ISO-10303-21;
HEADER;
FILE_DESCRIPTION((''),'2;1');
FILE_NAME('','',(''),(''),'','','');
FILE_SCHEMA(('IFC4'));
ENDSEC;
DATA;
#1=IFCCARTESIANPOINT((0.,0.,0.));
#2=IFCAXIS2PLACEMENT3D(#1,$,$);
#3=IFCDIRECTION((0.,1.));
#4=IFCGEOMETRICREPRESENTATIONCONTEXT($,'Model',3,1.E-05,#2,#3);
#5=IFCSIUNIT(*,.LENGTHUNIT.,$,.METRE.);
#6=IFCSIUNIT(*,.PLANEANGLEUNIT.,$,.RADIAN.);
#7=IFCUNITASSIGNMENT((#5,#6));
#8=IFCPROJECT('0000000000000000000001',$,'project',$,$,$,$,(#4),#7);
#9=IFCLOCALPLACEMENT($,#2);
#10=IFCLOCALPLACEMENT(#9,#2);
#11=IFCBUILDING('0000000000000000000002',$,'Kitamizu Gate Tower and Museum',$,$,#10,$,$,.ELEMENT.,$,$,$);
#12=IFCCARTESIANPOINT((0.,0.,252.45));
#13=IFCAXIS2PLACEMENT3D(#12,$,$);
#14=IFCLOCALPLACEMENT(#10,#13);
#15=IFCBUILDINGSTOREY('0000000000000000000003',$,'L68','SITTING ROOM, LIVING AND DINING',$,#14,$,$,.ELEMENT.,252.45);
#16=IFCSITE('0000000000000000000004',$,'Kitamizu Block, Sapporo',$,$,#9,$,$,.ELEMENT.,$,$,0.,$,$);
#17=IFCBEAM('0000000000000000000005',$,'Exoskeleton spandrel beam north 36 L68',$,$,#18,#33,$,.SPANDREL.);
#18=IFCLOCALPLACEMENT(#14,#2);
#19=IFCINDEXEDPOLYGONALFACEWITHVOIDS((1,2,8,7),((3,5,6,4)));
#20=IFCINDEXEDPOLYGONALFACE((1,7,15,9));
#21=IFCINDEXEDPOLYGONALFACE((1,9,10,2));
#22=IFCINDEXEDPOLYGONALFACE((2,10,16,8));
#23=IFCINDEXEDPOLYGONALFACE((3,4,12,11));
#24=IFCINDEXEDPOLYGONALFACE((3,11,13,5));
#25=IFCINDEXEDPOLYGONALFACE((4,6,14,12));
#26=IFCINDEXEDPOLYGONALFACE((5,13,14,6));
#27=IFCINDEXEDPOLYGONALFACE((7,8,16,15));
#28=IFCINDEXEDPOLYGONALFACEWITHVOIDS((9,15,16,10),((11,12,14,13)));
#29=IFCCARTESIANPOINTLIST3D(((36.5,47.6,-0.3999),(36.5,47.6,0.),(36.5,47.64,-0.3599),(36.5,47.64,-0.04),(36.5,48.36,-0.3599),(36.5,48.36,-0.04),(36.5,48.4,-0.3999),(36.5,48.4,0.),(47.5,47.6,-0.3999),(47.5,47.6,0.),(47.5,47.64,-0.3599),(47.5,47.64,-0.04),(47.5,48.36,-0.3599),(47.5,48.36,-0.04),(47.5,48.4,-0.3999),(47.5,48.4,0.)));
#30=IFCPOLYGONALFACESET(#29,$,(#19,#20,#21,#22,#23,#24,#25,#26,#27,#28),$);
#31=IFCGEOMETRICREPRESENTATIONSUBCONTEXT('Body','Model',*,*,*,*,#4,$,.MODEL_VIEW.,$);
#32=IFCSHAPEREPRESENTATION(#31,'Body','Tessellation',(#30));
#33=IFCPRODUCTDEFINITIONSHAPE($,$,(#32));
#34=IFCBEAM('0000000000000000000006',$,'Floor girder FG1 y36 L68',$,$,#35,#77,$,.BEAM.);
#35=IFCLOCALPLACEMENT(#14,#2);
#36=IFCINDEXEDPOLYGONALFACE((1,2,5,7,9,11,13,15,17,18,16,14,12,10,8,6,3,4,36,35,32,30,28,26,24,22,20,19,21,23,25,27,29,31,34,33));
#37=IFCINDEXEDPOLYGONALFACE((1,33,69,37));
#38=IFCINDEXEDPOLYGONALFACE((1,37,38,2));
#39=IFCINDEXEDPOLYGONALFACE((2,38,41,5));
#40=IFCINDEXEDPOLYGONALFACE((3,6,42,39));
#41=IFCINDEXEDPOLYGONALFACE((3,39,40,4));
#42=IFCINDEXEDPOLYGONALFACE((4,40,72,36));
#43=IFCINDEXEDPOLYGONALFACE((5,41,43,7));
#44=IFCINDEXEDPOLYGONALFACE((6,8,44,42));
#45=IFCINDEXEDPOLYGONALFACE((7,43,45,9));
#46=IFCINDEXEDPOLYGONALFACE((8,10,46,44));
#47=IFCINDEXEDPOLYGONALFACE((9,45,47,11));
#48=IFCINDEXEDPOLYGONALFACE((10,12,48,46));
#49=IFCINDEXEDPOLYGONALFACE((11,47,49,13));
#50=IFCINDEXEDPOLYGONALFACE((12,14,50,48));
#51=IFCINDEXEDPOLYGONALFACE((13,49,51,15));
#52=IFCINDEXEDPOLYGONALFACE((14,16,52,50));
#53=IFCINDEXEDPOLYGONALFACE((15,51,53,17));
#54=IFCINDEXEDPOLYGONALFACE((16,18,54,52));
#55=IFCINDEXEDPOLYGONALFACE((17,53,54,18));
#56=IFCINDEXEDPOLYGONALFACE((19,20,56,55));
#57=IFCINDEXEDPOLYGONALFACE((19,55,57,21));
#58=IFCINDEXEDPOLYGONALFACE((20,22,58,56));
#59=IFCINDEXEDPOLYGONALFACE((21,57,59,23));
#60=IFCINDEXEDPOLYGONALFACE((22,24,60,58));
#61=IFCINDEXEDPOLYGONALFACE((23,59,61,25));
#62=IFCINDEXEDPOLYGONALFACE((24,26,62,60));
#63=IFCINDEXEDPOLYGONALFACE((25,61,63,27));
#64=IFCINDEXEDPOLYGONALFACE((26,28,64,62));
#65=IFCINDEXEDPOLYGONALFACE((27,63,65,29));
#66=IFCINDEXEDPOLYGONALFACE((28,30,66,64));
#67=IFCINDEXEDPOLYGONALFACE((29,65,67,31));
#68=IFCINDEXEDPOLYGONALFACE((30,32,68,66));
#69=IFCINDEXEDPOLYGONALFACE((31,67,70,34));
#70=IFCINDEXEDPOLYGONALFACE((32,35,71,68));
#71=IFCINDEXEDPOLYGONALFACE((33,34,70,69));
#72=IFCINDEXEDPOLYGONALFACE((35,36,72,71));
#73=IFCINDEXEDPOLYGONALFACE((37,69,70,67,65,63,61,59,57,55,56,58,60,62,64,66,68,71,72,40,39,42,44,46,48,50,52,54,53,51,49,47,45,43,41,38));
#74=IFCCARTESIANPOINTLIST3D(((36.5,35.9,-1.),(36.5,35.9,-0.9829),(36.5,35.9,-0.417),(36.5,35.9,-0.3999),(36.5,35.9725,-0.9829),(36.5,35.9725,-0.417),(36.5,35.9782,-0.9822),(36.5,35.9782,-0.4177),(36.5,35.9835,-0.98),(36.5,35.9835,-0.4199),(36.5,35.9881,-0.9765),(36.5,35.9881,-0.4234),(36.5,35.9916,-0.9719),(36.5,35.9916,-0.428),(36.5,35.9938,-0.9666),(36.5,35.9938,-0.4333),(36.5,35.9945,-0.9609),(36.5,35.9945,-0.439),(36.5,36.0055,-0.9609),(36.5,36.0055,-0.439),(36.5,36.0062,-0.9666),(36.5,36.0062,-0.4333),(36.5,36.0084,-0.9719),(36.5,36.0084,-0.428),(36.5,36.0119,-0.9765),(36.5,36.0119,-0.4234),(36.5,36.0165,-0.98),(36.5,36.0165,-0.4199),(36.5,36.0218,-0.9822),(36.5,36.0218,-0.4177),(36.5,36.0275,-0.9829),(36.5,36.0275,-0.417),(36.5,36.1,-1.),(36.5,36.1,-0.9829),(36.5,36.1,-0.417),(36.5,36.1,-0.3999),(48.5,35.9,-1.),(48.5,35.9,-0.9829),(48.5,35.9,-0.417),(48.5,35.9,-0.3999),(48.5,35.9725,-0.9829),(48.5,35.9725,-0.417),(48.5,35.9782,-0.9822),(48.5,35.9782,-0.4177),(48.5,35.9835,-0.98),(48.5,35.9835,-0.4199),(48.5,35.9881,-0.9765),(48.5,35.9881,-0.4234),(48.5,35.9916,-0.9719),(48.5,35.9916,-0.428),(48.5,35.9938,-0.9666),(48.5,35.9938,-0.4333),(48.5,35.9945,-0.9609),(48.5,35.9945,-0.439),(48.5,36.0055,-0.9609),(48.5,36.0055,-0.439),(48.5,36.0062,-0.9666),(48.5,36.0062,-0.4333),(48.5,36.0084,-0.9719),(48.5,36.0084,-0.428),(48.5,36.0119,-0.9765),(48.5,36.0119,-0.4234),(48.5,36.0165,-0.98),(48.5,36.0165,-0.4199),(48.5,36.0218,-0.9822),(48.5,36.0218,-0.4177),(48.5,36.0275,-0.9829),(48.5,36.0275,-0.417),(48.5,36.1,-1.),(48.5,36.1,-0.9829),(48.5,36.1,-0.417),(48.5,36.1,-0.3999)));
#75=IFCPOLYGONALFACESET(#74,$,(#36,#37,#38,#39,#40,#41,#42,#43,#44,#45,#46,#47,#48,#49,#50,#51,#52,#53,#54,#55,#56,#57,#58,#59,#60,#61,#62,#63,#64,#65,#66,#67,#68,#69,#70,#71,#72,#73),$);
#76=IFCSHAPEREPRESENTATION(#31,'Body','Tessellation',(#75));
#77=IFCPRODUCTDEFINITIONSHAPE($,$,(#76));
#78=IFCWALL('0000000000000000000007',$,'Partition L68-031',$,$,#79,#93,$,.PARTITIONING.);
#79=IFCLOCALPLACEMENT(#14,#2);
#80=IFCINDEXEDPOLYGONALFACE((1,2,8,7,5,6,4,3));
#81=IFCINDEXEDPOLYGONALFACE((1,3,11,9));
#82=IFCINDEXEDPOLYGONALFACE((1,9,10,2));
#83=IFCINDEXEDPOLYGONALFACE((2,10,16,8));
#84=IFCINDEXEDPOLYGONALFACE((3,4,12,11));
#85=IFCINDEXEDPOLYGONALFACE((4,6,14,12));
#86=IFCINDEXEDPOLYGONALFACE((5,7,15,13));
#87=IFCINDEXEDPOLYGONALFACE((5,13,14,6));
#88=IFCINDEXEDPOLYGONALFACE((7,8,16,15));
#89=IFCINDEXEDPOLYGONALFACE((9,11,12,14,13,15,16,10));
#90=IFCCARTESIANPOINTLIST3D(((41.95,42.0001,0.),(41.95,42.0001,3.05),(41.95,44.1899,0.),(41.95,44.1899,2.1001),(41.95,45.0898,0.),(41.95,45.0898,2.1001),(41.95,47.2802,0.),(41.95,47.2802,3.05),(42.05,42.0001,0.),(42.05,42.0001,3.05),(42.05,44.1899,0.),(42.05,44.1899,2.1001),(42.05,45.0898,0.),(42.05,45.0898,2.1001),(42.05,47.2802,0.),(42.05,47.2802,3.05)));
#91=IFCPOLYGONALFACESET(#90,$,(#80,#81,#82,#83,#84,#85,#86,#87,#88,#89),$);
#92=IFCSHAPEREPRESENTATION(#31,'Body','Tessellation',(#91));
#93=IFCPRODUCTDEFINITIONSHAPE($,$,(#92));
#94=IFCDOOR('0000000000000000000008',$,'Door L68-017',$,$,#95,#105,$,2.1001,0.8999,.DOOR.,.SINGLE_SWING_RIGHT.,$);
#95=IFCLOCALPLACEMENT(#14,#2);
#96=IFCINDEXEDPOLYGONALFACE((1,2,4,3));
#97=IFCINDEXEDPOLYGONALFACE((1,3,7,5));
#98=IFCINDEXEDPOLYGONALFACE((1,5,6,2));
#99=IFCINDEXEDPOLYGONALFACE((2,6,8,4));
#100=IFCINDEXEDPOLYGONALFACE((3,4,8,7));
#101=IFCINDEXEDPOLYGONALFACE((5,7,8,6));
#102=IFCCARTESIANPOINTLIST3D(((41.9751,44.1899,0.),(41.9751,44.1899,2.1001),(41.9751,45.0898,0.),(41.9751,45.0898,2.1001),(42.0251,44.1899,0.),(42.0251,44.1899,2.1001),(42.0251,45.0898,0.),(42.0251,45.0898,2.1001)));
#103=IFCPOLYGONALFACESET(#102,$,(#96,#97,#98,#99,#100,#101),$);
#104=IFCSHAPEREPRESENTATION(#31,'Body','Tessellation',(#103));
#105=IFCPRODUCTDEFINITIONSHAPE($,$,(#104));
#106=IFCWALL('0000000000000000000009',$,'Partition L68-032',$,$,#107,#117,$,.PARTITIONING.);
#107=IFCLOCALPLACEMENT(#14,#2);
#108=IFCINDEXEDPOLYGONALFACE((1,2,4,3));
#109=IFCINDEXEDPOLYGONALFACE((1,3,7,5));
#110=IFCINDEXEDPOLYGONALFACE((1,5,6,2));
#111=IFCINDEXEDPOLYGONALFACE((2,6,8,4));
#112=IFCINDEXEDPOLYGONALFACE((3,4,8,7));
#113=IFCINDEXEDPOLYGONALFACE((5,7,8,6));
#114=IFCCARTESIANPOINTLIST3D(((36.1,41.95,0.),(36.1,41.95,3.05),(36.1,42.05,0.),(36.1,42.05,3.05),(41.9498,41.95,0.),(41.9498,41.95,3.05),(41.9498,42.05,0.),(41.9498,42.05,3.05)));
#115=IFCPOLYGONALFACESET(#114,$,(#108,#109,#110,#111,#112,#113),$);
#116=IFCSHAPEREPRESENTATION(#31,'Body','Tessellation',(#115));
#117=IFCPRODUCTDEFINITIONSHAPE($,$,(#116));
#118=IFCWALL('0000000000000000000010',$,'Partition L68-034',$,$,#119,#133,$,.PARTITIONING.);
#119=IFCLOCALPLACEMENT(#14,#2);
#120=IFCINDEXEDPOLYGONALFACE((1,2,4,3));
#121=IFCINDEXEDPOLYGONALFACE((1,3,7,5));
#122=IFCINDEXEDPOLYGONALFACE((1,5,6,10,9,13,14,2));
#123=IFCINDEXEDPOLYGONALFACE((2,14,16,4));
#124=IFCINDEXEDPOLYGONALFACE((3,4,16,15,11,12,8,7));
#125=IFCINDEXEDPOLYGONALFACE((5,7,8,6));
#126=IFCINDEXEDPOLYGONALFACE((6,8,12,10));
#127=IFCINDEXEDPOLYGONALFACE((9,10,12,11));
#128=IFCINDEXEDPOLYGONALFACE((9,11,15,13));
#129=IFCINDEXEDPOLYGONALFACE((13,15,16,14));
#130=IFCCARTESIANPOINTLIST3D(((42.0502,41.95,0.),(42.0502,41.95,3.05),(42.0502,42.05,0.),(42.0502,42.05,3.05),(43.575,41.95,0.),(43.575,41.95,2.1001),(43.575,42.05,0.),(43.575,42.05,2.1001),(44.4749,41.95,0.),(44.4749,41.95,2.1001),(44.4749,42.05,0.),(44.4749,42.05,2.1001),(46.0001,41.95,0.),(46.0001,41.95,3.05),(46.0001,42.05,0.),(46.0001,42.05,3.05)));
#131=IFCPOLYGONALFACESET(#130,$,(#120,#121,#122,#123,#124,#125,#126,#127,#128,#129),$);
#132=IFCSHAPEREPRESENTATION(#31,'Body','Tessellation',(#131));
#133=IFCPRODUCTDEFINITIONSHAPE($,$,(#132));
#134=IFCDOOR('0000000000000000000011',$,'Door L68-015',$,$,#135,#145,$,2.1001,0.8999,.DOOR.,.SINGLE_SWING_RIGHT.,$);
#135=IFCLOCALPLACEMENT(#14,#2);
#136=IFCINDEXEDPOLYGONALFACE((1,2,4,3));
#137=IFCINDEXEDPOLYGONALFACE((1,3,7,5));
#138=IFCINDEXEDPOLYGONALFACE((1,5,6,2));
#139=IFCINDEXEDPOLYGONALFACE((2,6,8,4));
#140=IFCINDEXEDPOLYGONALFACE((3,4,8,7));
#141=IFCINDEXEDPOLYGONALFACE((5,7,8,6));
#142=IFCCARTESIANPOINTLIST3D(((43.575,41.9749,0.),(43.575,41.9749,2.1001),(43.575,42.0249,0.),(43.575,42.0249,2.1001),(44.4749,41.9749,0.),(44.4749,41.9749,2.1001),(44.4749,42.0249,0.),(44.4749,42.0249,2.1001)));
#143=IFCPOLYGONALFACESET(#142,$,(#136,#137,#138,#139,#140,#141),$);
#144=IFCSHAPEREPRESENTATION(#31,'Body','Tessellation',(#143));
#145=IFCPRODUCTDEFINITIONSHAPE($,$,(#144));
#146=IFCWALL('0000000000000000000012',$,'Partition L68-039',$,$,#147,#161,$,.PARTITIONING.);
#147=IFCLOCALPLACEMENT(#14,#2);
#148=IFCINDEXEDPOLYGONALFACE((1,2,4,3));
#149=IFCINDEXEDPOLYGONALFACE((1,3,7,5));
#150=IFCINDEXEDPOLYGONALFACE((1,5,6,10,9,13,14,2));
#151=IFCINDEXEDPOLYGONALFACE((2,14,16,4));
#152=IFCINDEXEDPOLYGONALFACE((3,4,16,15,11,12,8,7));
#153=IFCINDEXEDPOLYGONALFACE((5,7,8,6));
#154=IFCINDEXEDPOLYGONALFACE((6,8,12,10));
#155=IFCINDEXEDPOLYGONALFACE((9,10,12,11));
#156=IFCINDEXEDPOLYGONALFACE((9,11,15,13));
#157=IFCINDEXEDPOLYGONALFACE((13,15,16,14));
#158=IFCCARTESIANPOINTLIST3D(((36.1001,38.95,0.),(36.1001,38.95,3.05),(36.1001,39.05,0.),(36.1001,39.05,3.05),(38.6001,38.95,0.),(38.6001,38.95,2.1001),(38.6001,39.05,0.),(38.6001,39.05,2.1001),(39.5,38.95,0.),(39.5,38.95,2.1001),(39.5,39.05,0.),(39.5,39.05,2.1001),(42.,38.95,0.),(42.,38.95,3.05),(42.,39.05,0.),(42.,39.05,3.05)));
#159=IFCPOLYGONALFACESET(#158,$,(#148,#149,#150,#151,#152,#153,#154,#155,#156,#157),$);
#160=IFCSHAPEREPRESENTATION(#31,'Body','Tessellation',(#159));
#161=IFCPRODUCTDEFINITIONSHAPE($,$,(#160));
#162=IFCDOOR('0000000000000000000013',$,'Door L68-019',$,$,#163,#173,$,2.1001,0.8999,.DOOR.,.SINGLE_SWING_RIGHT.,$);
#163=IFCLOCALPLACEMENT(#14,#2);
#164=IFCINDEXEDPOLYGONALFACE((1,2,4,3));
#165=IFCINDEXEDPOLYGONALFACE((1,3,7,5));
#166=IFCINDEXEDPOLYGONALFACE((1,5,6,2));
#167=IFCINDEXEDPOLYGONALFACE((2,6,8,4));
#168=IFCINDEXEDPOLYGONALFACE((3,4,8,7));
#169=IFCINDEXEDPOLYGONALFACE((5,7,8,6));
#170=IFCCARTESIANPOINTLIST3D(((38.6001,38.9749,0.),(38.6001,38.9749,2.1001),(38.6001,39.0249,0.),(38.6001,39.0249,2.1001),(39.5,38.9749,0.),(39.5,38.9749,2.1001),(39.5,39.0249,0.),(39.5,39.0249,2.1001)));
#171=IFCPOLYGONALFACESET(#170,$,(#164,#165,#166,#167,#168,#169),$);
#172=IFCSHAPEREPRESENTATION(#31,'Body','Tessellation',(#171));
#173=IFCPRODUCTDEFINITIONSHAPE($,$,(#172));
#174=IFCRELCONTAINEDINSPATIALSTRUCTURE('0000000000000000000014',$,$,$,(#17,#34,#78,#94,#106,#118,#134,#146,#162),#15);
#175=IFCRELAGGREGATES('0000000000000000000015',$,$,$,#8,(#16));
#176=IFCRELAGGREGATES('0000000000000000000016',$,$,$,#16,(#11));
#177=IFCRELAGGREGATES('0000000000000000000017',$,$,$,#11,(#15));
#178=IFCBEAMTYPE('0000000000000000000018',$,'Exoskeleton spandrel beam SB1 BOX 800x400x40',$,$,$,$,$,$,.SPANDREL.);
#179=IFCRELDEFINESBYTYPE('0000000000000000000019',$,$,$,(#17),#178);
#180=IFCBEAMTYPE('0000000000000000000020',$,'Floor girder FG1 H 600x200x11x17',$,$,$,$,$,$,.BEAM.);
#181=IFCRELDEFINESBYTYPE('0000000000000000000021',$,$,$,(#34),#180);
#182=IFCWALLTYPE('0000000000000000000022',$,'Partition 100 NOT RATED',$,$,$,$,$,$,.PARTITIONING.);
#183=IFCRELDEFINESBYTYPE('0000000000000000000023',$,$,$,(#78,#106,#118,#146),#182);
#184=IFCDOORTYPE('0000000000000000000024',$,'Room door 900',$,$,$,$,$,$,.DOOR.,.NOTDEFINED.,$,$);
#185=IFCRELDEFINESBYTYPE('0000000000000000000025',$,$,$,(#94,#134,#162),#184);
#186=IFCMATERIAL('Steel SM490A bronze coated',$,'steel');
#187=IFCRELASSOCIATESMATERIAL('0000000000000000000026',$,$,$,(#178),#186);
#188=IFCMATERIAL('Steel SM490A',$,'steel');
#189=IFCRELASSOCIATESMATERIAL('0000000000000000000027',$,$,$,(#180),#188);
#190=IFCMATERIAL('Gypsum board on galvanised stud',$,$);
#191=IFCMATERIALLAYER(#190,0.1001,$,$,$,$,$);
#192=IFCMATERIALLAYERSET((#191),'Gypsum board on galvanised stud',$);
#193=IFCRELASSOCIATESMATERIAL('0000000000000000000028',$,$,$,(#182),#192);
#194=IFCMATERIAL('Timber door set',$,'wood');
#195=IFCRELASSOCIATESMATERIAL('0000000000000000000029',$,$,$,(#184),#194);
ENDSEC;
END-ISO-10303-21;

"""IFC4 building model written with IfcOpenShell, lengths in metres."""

from ifc_helpers import new_model, si_unit, direction, frame, frame_2d, origin, origin_2d, place, context, subcontext, project, spatial, rectangle, hollow_rectangle, i_section, extrude, material, layer, layer_set, material_profile, profile_set, type_object, element, fill, save


model = new_model("IFC4")

# Units and contexts
model_context = context("Model", 3, precision=1e-05, world=origin(), true_north=direction((0.0, 1.0)))
body_context = subcontext(model_context, "Body", "Model", "MODEL_VIEW")
ifc_project = project(units=[si_unit("LENGTHUNIT", "METRE"), si_unit("PLANEANGLEUNIT", "RADIAN")], contexts=[model_context])

# Site, building, storey
site_placement = place(None, origin())
site = spatial("IfcSite", under=ifc_project, at=site_placement, Name="Kitamizu Block, Sapporo", CompositionType="ELEMENT", RefElevation=0.0)
building_placement = place(site_placement, origin())
building = spatial("IfcBuilding", under=site, at=building_placement, Name="Kitamizu Gate Tower and Museum", CompositionType="ELEMENT")
storey_placement = place(building_placement, frame((0.0, 0.0, 252.45)))
storey = spatial("IfcBuildingStorey", under=building, at=storey_placement, Name="L68", Description="SITTING ROOM, LIVING AND DINING", CompositionType="ELEMENT", Elevation=252.45)

# Beams
ifc_material_1 = material(Name="Steel SM490A bronze coated", Category="steel")
ifc_material_profile_1 = material_profile(ifc_material_1, hollow_rectangle(XDim=0.8, YDim=0.3999, WallThickness=0.04, at=origin_2d()), Name="BOX 800x400x40")
ifc_profile_set_1 = profile_set([ifc_material_profile_1], Name="Steel SM490A bronze coated")
beam_type_1 = type_object("IfcBeamType", Name="Exoskeleton spandrel beam SB1 BOX 800x400x40", PredefinedType="SPANDREL", material=ifc_profile_set_1)
beam_1_placement = place(storey_placement, frame((36.5, 48.0, -0.2), z_axis=(1.0, 0.0, 0.0), x_axis=(0.0, 1.0, 0.0)))
element("IfcBeam", 1, at=beam_1_placement, inside=storey, type_object=beam_type_1, Name="Exoskeleton spandrel beam north 36 L68", PredefinedType="SPANDREL", context=body_context, shape_type="SweptSolid", body=[
    extrude(hollow_rectangle(XDim=0.8, YDim=0.3999, WallThickness=0.04, at=origin_2d()), origin(), (0.0, 0.0, 1.0), 11.0),
])
ifc_material_2 = material(Name="Steel SM490A", Category="steel")
ifc_material_profile_2 = material_profile(ifc_material_2, i_section(OverallWidth=0.2, OverallDepth=0.6001, WebThickness=0.011, FlangeThickness=0.0171, FilletRadius=0.022, at=origin_2d()), Name="H-600x200x11x17")
ifc_profile_set_2 = profile_set([ifc_material_profile_2], Name="Steel SM490A")
beam_type_2 = type_object("IfcBeamType", Name="Floor girder FG1 H 600x200x11x17", PredefinedType="BEAM", material=ifc_profile_set_2)
beam_2_placement = place(storey_placement, frame((36.5, 36.0, -0.7), z_axis=(1.0, 0.0, 0.0), x_axis=(0.0, 1.0, 0.0)))
element("IfcBeam", 2, at=beam_2_placement, inside=storey, type_object=beam_type_2, Name="Floor girder FG1 y36 L68", PredefinedType="BEAM", context=body_context, shape_type="SweptSolid", body=[
    extrude(i_section(OverallWidth=0.2, OverallDepth=0.6001, WebThickness=0.011, FlangeThickness=0.0171, FilletRadius=0.022, at=origin_2d()), origin(), (0.0, 0.0, 1.0), 12.0),
])

# Wall, opening, door
ifc_material_3 = material(Name="Gypsum board on galvanised stud")
ifc_layer_1 = layer(ifc_material_3, 0.1001)
ifc_layer_set_1 = layer_set([ifc_layer_1], Name="Gypsum board on galvanised stud")
wall_type_1 = type_object("IfcWallType", Name="Partition 100 NOT RATED", PredefinedType="PARTITIONING", material=ifc_layer_set_1)
wall_1_placement = place(storey_placement, frame((42.0, 42.0, 0.0), z_axis=(0.0, 0.0, 1.0), x_axis=(0.0, 1.0, 0.0)))
wall_1 = element("IfcWall", 3, at=wall_1_placement, inside=storey, type_object=wall_type_1, Name="Partition L68-031", PredefinedType="PARTITIONING", context=body_context, shape_type="SweptSolid", body=[
    extrude(rectangle(XDim=5.28, YDim=0.1001, at=frame_2d((2.6401, 0.0))), origin(), (0.0, 0.0, 1.0), 3.05),
])
opening_1_placement = place(wall_1_placement, frame((2.1899, 0.0, 0.0)))
opening_1 = element("IfcOpeningElement", 4, at=opening_1_placement, cuts=wall_1, PredefinedType="OPENING", context=body_context, shape_type="SweptSolid", body=[
    extrude(rectangle(XDim=0.8999, YDim=2.1001, at=frame_2d((0.45, 1.05))), frame((0.0, 0.0601, 0.0), z_axis=(0.0, -1.0, 0.0), x_axis=(1.0, 0.0, 0.0)), (0.0, 0.0, 1.0), 0.1201),
])
ifc_material_4 = material(Name="Timber door set", Category="wood")
door_type = type_object("IfcDoorType", Name="Room door 900", OperationType="NOTDEFINED", PredefinedType="DOOR", material=ifc_material_4)
door_1_placement = place(opening_1_placement, origin())
door_1 = element("IfcDoor", 5, at=door_1_placement, inside=storey, type_object=door_type, Name="Door L68-017", OperationType="SINGLE_SWING_RIGHT", OverallHeight=2.1001, OverallWidth=0.8999, PredefinedType="DOOR", context=body_context, shape_type="SweptSolid", body=[
    extrude(rectangle(XDim=0.8999, YDim=2.1001, at=frame_2d((0.45, 1.05))), frame((0.0, 0.0249, 0.0), z_axis=(0.0, -1.0, 0.0), x_axis=(1.0, 0.0, 0.0)), (0.0, 0.0, 1.0), 0.05),
])
fill(opening_1, door_1)

# Wall
wall_2_placement = place(storey_placement, frame((36.1001, 42.0, 0.0), z_axis=(0.0, 0.0, 1.0), x_axis=(1.0, 0.0, 0.0)))
element("IfcWall", 6, at=wall_2_placement, inside=storey, type_object=wall_type_1, Name="Partition L68-032", PredefinedType="PARTITIONING", context=body_context, shape_type="SweptSolid", body=[
    extrude(rectangle(XDim=5.8499, YDim=0.1001, at=frame_2d((2.9248, 0.0))), origin(), (0.0, 0.0, 1.0), 3.05),
])

# Walls, openings, doors
wall_3_placement = place(storey_placement, frame((42.05, 42.0, 0.0), z_axis=(0.0, 0.0, 1.0), x_axis=(1.0, 0.0, 0.0)))
wall_3 = element("IfcWall", 7, at=wall_3_placement, inside=storey, type_object=wall_type_1, Name="Partition L68-034", PredefinedType="PARTITIONING", context=body_context, shape_type="SweptSolid", body=[
    extrude(rectangle(XDim=3.95, YDim=0.1001, at=frame_2d((1.9751, 0.0))), origin(), (0.0, 0.0, 1.0), 3.05),
])
opening_2_placement = place(wall_3_placement, frame((1.5249, 0.0, 0.0)))
opening_2 = element("IfcOpeningElement", 8, at=opening_2_placement, cuts=wall_3, PredefinedType="OPENING", context=body_context, shape_type="SweptSolid", body=[
    extrude(rectangle(XDim=0.8999, YDim=2.1001, at=frame_2d((0.45, 1.05))), frame((0.0, 0.0601, 0.0), z_axis=(0.0, -1.0, 0.0), x_axis=(1.0, 0.0, 0.0)), (0.0, 0.0, 1.0), 0.1201),
])
door_2_placement = place(opening_2_placement, origin())
door_2 = element("IfcDoor", 9, at=door_2_placement, inside=storey, type_object=door_type, Name="Door L68-015", OperationType="SINGLE_SWING_RIGHT", OverallHeight=2.1001, OverallWidth=0.8999, PredefinedType="DOOR", context=body_context, shape_type="SweptSolid", body=[
    extrude(rectangle(XDim=0.8999, YDim=2.1001, at=frame_2d((0.45, 1.05))), frame((0.0, 0.0249, 0.0), z_axis=(0.0, -1.0, 0.0), x_axis=(1.0, 0.0, 0.0)), (0.0, 0.0, 1.0), 0.05),
])
fill(opening_2, door_2)
wall_4_placement = place(storey_placement, frame((42.0, 39.0, 0.0), z_axis=(0.0, 0.0, 1.0), x_axis=(-1.0, 0.0, 0.0)))
wall_4 = element("IfcWall", 10, at=wall_4_placement, inside=storey, type_object=wall_type_1, Name="Partition L68-039", PredefinedType="PARTITIONING", context=body_context, shape_type="SweptSolid", body=[
    extrude(rectangle(XDim=5.8999, YDim=0.1001, at=frame_2d((2.95, 0.0))), origin(), (0.0, 0.0, 1.0), 3.05),
])
opening_3_placement = place(wall_4_placement, frame((2.5, 0.0, 0.0)))
opening_3 = element("IfcOpeningElement", 11, at=opening_3_placement, cuts=wall_4, PredefinedType="OPENING", context=body_context, shape_type="SweptSolid", body=[
    extrude(rectangle(XDim=0.8999, YDim=2.1001, at=frame_2d((0.45, 1.05))), frame((0.0, 0.0601, 0.0), z_axis=(0.0, -1.0, 0.0), x_axis=(1.0, 0.0, 0.0)), (0.0, 0.0, 1.0), 0.1201),
])
door_3_placement = place(opening_3_placement, frame((0.8999, 0.0, 0.0), x_axis=(-1.0, 0.0, 0.0)))
door_3 = element("IfcDoor", 12, at=door_3_placement, inside=storey, type_object=door_type, Name="Door L68-019", OperationType="SINGLE_SWING_RIGHT", OverallHeight=2.1001, OverallWidth=0.8999, PredefinedType="DOOR", context=body_context, shape_type="SweptSolid", body=[
    extrude(rectangle(XDim=0.8999, YDim=2.1001, at=frame_2d((0.45, 1.05))), frame((0.0, 0.0249, 0.0), z_axis=(0.0, -1.0, 0.0), x_axis=(1.0, 0.0, 0.0)), (0.0, 0.0, 1.0), 0.05),
])
fill(opening_3, door_3)

save(model, "model.ifc")
